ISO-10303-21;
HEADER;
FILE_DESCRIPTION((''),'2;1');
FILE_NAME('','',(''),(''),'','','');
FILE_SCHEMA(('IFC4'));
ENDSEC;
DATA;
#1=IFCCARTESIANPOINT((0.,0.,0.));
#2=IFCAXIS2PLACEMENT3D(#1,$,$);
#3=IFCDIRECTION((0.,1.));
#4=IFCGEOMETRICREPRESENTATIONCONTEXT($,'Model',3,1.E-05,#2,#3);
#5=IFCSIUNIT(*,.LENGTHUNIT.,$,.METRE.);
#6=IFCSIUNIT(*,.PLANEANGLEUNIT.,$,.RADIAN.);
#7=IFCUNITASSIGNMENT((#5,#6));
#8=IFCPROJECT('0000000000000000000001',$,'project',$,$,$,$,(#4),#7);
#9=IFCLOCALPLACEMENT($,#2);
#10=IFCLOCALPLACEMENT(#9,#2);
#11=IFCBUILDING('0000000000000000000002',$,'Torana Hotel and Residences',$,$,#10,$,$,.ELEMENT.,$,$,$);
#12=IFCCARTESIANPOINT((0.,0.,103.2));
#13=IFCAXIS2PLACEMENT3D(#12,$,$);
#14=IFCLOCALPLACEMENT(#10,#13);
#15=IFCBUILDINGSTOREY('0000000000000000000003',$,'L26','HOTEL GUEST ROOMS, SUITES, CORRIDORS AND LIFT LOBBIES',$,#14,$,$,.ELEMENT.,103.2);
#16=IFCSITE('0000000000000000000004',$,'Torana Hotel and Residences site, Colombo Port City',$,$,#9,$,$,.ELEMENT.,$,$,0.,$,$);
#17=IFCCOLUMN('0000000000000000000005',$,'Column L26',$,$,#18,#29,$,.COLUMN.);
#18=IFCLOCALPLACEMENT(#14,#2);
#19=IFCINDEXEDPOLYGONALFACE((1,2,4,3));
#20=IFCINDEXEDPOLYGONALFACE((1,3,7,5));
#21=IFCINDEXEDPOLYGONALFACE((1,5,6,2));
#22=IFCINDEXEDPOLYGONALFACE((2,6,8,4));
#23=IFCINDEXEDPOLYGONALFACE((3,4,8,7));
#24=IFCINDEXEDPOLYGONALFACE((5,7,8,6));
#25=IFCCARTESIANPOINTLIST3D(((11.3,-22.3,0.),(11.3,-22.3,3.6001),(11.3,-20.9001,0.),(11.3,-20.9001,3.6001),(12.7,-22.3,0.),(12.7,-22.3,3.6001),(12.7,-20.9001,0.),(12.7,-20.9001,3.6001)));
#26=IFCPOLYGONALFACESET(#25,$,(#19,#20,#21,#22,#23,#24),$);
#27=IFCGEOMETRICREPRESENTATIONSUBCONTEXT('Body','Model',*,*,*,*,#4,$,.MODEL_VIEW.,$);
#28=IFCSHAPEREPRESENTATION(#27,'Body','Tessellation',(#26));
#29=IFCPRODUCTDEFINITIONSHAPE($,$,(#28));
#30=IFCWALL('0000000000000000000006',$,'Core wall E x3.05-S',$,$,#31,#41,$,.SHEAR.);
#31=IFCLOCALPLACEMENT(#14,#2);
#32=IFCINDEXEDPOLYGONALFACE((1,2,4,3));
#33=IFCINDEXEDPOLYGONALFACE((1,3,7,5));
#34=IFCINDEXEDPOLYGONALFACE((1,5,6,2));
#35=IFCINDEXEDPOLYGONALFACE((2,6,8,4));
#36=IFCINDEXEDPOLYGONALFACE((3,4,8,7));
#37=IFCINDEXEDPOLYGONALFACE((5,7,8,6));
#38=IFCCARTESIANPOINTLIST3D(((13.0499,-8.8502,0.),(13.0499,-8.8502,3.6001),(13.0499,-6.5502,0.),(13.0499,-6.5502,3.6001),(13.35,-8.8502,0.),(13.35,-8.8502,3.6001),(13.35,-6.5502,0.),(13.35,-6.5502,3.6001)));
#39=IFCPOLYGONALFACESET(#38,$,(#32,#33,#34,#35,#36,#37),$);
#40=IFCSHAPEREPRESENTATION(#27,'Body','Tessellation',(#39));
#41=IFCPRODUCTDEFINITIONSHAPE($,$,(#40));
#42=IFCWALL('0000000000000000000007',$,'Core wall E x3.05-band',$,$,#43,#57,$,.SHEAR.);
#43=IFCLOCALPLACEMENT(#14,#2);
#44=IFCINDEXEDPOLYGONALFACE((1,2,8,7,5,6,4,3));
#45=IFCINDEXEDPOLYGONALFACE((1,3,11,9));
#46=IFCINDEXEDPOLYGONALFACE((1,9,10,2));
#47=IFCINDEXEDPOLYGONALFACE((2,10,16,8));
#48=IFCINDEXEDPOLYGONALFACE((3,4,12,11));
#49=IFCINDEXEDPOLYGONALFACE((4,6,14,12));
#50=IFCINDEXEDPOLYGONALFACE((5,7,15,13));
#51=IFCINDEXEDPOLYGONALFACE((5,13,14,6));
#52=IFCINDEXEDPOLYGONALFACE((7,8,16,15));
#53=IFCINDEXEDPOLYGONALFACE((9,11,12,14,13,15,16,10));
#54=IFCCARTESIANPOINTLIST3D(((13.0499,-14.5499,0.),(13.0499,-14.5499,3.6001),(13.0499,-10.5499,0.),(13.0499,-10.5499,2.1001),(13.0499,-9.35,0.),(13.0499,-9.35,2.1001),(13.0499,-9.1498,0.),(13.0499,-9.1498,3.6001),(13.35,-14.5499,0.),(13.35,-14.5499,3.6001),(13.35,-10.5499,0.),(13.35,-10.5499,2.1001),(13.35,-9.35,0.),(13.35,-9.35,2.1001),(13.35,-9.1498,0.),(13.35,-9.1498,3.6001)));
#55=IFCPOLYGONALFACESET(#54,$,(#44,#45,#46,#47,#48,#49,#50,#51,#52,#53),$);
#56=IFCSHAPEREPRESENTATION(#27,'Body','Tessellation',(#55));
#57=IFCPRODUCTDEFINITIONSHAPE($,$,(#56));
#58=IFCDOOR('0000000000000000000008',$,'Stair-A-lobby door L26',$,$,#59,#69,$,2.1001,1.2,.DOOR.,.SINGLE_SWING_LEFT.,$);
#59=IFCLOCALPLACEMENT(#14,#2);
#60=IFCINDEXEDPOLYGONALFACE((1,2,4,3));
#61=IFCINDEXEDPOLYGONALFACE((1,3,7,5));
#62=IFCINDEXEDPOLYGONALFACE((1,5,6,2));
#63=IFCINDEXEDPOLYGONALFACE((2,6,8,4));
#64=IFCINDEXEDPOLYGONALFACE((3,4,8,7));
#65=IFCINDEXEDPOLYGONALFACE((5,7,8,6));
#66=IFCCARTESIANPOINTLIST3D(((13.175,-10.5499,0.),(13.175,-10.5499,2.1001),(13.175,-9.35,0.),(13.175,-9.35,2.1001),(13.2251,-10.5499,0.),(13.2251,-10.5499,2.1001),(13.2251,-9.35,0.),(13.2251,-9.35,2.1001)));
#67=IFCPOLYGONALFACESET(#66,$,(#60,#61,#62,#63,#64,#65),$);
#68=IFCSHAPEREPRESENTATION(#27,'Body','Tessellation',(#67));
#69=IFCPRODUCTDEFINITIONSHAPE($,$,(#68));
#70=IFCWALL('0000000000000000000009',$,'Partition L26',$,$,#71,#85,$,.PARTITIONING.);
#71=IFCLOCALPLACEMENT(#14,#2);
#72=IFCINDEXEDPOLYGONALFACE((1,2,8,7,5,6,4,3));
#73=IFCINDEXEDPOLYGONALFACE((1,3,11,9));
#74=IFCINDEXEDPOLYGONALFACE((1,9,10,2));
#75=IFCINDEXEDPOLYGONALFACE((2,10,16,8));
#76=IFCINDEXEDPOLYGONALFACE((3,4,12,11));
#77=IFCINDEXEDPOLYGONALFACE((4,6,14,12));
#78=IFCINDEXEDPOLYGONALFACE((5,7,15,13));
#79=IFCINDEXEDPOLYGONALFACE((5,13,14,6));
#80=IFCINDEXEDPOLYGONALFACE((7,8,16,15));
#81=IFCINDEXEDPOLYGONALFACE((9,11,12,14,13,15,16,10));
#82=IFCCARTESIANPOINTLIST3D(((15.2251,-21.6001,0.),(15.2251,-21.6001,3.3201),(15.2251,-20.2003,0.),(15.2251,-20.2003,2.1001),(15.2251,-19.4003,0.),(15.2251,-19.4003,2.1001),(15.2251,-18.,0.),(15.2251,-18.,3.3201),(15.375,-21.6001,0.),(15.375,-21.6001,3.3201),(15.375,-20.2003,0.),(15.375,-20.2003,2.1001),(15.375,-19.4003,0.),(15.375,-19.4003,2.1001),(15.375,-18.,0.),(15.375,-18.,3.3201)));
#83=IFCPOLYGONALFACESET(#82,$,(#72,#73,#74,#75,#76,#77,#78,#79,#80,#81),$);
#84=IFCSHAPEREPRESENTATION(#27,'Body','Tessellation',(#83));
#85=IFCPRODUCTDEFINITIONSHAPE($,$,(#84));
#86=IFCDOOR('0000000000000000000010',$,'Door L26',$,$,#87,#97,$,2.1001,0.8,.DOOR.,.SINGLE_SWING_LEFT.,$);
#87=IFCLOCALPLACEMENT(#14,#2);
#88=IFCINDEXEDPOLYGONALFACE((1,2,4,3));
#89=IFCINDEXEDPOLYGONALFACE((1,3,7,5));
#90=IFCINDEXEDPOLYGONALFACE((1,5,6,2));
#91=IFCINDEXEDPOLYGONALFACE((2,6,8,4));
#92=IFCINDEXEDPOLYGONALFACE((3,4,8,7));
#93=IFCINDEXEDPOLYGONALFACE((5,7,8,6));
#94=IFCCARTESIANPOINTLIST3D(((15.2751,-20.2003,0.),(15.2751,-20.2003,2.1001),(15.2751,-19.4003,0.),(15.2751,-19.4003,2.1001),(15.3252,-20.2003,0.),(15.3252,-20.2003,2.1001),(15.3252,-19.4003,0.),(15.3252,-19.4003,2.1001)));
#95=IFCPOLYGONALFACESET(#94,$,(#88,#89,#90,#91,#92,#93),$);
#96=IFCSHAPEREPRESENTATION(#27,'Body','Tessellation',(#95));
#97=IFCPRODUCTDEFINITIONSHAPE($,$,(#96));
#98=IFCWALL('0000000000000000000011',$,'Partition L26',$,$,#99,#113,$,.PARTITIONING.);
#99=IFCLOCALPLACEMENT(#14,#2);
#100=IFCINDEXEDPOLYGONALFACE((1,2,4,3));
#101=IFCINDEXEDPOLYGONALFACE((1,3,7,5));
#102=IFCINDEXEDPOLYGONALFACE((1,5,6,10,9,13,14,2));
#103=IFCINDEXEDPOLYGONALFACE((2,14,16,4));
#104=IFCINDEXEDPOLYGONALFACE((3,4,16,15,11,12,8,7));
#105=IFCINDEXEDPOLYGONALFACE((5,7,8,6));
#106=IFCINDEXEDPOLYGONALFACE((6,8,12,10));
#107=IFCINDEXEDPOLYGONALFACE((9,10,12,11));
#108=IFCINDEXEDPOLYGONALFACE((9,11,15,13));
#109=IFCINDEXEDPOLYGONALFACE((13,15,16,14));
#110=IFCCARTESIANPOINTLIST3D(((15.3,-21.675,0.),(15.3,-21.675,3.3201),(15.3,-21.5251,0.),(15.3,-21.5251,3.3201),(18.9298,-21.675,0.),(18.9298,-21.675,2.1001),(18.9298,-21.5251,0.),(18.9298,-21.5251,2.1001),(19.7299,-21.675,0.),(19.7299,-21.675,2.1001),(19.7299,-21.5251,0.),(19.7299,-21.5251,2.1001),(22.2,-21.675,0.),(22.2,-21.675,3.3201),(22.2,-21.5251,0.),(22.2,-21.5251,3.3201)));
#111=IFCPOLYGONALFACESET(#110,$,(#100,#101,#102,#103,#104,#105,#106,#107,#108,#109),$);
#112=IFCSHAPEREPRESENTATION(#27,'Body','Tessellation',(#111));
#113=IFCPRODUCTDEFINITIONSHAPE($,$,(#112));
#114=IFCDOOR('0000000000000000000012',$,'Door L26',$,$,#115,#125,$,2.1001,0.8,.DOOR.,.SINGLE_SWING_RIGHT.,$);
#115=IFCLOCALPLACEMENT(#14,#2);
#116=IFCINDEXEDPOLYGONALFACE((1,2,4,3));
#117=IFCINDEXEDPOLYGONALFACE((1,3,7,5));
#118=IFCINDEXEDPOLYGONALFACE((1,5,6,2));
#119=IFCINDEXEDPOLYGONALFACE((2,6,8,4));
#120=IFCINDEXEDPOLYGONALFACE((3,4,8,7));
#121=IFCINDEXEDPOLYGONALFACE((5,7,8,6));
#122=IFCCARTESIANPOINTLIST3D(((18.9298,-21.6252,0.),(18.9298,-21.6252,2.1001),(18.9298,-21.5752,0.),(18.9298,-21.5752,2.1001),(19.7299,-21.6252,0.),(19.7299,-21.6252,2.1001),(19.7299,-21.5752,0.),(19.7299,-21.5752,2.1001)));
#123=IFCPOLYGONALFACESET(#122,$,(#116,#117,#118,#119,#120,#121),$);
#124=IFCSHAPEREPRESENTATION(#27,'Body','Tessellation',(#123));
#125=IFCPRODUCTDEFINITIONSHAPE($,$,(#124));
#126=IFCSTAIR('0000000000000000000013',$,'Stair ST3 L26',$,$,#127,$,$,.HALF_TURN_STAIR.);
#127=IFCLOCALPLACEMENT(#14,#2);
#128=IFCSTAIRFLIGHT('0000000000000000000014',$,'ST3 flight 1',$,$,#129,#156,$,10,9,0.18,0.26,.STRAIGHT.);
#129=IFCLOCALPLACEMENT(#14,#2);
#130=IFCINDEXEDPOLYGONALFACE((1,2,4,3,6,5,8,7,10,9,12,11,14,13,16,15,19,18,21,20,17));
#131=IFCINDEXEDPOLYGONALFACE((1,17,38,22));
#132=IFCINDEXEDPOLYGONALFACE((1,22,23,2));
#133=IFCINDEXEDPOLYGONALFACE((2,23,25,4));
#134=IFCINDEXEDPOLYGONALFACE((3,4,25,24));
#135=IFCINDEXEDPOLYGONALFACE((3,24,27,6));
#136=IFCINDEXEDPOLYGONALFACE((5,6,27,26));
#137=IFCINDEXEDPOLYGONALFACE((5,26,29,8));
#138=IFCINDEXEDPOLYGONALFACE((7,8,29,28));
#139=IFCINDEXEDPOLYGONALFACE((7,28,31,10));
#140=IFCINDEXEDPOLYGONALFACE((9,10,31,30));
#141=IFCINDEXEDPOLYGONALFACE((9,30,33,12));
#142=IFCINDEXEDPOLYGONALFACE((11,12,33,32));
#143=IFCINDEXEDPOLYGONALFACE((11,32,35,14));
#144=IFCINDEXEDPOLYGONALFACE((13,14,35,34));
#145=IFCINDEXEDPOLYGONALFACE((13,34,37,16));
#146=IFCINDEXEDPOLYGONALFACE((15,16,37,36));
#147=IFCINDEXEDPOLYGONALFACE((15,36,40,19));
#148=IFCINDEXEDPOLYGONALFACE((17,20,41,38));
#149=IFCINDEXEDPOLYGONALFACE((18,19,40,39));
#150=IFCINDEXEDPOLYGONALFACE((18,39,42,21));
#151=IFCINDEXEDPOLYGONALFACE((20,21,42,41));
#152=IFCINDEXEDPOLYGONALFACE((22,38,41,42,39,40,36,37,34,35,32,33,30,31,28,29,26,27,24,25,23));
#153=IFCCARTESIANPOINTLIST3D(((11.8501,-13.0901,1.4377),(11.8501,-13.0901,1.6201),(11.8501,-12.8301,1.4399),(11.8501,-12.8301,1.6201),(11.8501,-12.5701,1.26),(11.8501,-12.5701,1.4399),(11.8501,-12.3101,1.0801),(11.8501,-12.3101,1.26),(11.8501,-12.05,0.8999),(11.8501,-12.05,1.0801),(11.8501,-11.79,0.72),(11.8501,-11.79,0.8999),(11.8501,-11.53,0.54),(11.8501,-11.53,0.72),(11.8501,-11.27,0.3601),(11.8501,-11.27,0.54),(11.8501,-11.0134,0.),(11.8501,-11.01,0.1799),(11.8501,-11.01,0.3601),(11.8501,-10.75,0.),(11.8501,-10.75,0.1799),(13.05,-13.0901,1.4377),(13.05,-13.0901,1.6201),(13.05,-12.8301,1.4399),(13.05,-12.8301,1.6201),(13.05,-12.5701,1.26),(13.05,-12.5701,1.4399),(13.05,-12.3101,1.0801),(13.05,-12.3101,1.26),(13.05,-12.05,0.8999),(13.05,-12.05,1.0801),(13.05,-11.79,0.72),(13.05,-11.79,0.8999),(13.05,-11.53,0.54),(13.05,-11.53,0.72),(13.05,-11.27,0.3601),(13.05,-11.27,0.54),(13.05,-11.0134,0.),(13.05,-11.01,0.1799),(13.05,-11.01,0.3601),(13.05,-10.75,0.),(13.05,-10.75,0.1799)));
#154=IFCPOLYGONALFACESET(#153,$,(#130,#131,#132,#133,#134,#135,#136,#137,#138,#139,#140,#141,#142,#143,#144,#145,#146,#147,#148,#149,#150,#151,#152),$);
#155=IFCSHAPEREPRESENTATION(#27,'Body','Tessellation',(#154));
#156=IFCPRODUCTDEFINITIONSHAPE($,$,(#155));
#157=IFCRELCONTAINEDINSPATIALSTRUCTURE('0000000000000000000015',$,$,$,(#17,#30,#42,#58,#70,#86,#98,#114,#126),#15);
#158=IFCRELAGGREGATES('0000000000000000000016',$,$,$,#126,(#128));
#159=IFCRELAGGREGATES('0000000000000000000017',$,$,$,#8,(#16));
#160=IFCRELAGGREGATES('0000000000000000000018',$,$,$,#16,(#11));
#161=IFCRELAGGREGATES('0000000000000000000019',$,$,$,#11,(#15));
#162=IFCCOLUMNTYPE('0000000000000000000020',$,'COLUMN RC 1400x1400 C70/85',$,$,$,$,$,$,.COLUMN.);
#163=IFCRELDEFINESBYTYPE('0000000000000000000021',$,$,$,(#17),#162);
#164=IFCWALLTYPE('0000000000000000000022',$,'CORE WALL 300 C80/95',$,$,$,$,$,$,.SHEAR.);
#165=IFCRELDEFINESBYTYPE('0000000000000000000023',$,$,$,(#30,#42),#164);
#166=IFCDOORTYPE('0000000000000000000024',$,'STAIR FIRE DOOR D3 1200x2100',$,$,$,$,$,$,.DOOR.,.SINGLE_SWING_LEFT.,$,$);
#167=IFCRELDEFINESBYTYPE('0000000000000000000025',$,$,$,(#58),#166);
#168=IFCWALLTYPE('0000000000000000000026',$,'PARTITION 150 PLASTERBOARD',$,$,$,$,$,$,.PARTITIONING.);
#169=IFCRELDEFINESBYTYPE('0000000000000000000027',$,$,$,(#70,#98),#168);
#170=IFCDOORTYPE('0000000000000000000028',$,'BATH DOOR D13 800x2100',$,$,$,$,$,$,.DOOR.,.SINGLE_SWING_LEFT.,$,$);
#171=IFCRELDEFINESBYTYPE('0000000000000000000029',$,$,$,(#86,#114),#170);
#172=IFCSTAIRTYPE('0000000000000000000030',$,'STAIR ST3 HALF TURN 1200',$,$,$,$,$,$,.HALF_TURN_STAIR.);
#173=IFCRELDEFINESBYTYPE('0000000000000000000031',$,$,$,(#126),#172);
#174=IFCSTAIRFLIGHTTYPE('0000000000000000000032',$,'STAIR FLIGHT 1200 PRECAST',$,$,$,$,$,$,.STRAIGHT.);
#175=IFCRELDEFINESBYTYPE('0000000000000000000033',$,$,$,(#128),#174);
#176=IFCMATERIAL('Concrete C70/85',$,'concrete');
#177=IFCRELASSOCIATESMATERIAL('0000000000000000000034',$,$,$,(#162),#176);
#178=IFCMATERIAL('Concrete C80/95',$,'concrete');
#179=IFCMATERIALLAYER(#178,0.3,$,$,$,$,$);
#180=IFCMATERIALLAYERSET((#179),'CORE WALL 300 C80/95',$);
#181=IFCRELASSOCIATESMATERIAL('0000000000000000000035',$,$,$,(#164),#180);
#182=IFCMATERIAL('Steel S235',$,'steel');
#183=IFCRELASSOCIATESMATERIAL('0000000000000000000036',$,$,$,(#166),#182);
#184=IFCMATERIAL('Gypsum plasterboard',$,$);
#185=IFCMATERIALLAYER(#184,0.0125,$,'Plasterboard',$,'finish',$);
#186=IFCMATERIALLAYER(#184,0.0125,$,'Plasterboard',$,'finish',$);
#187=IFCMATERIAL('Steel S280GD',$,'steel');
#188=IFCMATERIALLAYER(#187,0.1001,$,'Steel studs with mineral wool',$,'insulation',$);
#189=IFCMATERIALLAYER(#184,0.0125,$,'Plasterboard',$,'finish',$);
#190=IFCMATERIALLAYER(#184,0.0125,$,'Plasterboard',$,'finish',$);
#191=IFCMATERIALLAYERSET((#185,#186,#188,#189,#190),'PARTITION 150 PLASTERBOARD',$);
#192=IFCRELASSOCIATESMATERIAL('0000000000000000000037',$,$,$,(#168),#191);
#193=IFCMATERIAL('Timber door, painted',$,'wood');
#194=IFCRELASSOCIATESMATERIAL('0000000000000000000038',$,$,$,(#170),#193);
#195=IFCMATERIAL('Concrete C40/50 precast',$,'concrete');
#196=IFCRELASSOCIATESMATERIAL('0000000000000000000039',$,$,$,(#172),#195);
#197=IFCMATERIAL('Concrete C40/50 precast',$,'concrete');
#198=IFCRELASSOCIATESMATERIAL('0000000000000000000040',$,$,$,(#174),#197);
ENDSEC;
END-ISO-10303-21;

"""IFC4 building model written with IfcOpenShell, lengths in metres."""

from ifc_helpers import new_model, si_unit, direction, frame, frame_2d, origin, origin_2d, place, context, subcontext, project, spatial, polyline, rectangle, outline, extrude, material, layer, layer_set, material_profile, profile_set, type_object, element, fill, aggregate, save


model = new_model("IFC4")

# Units and contexts
model_context = context("Model", 3, precision=1e-05, world=origin(), true_north=direction((0.0, 1.0)))
body_context = subcontext(model_context, "Body", "Model", "MODEL_VIEW")
ifc_project = project(units=[si_unit("LENGTHUNIT", "METRE"), si_unit("PLANEANGLEUNIT", "RADIAN")], contexts=[model_context])

# Site, building, storey
site_placement = place(None, origin())
site = spatial("IfcSite", under=ifc_project, at=site_placement, Name="Torana Hotel and Residences site, Colombo Port City", CompositionType="ELEMENT", RefElevation=0.0)
building_placement = place(site_placement, origin())
building = spatial("IfcBuilding", under=site, at=building_placement, Name="Torana Hotel and Residences", CompositionType="ELEMENT")
storey_placement = place(building_placement, frame((0.0, 0.0, 103.2)))
storey = spatial("IfcBuildingStorey", under=building, at=storey_placement, Name="L26", Description="HOTEL GUEST ROOMS, SUITES, CORRIDORS AND LIFT LOBBIES", CompositionType="ELEMENT", Elevation=103.2)

# Column
ifc_material_1 = material(Name="Concrete C70/85", Category="concrete")
ifc_material_profile = material_profile(ifc_material_1, rectangle(XDim=1.3999, YDim=1.3999, at=origin_2d()), Name="RC 1400x1400")
ifc_profile_set = profile_set([ifc_material_profile], Name="Concrete C70/85")
column_type = type_object("IfcColumnType", Name="COLUMN RC 1400x1400 C70/85", PredefinedType="COLUMN", material=ifc_profile_set)
column_placement = place(storey_placement, frame((12.0, -21.6001, 0.0), z_axis=(0.0, 0.0, 1.0), x_axis=(1.0, 0.0, 0.0)))
element("IfcColumn", 1, at=column_placement, inside=storey, type_object=column_type, Name="Column L26", PredefinedType="COLUMN", context=body_context, shape_type="SweptSolid", body=[
    extrude(rectangle(XDim=1.3999, YDim=1.3999, at=origin_2d()), origin(), (0.0, 0.0, 1.0), 3.6001),
])

# Wall
ifc_material_2 = material(Name="Concrete C80/95", Category="concrete")
ifc_layer_1 = layer(ifc_material_2, 0.3)
ifc_layer_set_1 = layer_set([ifc_layer_1], Name="CORE WALL 300 C80/95")
wall_type_1 = type_object("IfcWallType", Name="CORE WALL 300 C80/95", PredefinedType="SHEAR", material=ifc_layer_set_1)
wall_1_placement = place(storey_placement, frame((13.2, -8.8501, 0.0), z_axis=(0.0, 0.0, 1.0), x_axis=(0.0, 1.0, 0.0)))
element("IfcWall", 2, at=wall_1_placement, inside=storey, type_object=wall_type_1, Name="Core wall E x3.05-S", PredefinedType="SHEAR", context=body_context, shape_type="SweptSolid", body=[
    extrude(rectangle(XDim=2.3, YDim=0.3, at=frame_2d((1.1499, 0.0))), origin(), (0.0, 0.0, 1.0), 3.6001),
])

# Walls, openings, doors
wall_2_placement = place(storey_placement, frame((13.2, -14.55, 0.0), z_axis=(0.0, 0.0, 1.0), x_axis=(0.0, 1.0, 0.0)))
wall_2 = element("IfcWall", 3, at=wall_2_placement, inside=storey, type_object=wall_type_1, Name="Core wall E x3.05-band", PredefinedType="SHEAR", context=body_context, shape_type="SweptSolid", body=[
    extrude(rectangle(XDim=5.4001, YDim=0.3, at=frame_2d((2.7002, 0.0))), origin(), (0.0, 0.0, 1.0), 3.6001),
])
opening_1_placement = place(wall_2_placement, frame((4.0, 0.0, 0.0)))
opening_1 = element("IfcOpeningElement", 4, at=opening_1_placement, cuts=wall_2, PredefinedType="OPENING", context=body_context, shape_type="SweptSolid", body=[
    extrude(rectangle(XDim=1.2, YDim=2.1001, at=frame_2d((0.6001, 1.05))), frame((0.0, 0.1599, 0.0), z_axis=(0.0, -1.0, 0.0), x_axis=(1.0, 0.0, 0.0)), (0.0, 0.0, 1.0), 0.3201),
])
ifc_material_3 = material(Name="Steel S235", Category="steel")
door_type_1 = type_object("IfcDoorType", Name="STAIR FIRE DOOR D3 1200x2100", OperationType="SINGLE_SWING_LEFT", PredefinedType="DOOR", material=ifc_material_3)
door_1_placement = place(opening_1_placement, origin())
door_1 = element("IfcDoor", 5, at=door_1_placement, inside=storey, type_object=door_type_1, Name="Stair-A-lobby door L26", OperationType="SINGLE_SWING_LEFT", OverallHeight=2.1001, OverallWidth=1.2, PredefinedType="DOOR", context=body_context, shape_type="SweptSolid", body=[
    extrude(rectangle(XDim=1.2, YDim=2.1001, at=frame_2d((0.6001, 1.05))), frame((0.0, 0.0249, 0.0), z_axis=(0.0, -1.0, 0.0), x_axis=(1.0, 0.0, 0.0)), (0.0, 0.0, 1.0), 0.05),
])
fill(opening_1, door_1)
ifc_material_4 = material(Name="Gypsum plasterboard")
ifc_layer_2 = layer(ifc_material_4, 0.0125, Name="Plasterboard", Category="finish")
ifc_layer_3 = layer(ifc_material_4, 0.0125, Name="Plasterboard", Category="finish")
ifc_material_5 = material(Name="Steel S280GD", Category="steel")
ifc_layer_4 = layer(ifc_material_5, 0.1001, Name="Steel studs with mineral wool", Category="insulation")
ifc_layer_5 = layer(ifc_material_4, 0.0125, Name="Plasterboard", Category="finish")
ifc_layer_6 = layer(ifc_material_4, 0.0125, Name="Plasterboard", Category="finish")
ifc_layer_set_2 = layer_set([ifc_layer_2, ifc_layer_3, ifc_layer_4, ifc_layer_5, ifc_layer_6], Name="PARTITION 150 PLASTERBOARD")
wall_type_2 = type_object("IfcWallType", Name="PARTITION 150 PLASTERBOARD", PredefinedType="PARTITIONING", material=ifc_layer_set_2)
wall_3_placement = place(storey_placement, frame((15.3, -21.6001, 0.0), z_axis=(0.0, 0.0, 1.0), x_axis=(0.0, 1.0, 0.0)))
wall_3 = element("IfcWall", 6, at=wall_3_placement, inside=storey, type_object=wall_type_2, Name="Partition L26", PredefinedType="PARTITIONING", context=body_context, shape_type="SweptSolid", body=[
    extrude(rectangle(XDim=3.6001, YDim=0.1499, at=frame_2d((1.8, 0.0))), origin(), (0.0, 0.0, 1.0), 3.3201),
])
opening_2_placement = place(wall_3_placement, frame((1.3999, 0.0, 0.0)))
opening_2 = element("IfcOpeningElement", 7, at=opening_2_placement, cuts=wall_3, PredefinedType="OPENING", context=body_context, shape_type="SweptSolid", body=[
    extrude(rectangle(XDim=0.8, YDim=2.1001, at=frame_2d((0.3999, 1.05))), frame((0.0, 0.085, 0.0), z_axis=(0.0, -1.0, 0.0), x_axis=(1.0, 0.0, 0.0)), (0.0, 0.0, 1.0), 0.1699),
])
ifc_material_6 = material(Name="Timber door, painted", Category="wood")
door_type_2 = type_object("IfcDoorType", Name="BATH DOOR D13 800x2100", OperationType="SINGLE_SWING_LEFT", PredefinedType="DOOR", material=ifc_material_6)
door_2_placement = place(opening_2_placement, origin())
door_2 = element("IfcDoor", 8, at=door_2_placement, inside=storey, type_object=door_type_2, Name="Door L26", OperationType="SINGLE_SWING_LEFT", OverallHeight=2.1001, OverallWidth=0.8, PredefinedType="DOOR", context=body_context, shape_type="SweptSolid", body=[
    extrude(rectangle(XDim=0.8, YDim=2.1001, at=frame_2d((0.3999, 1.05))), frame((0.0, 0.0249, 0.0), z_axis=(0.0, -1.0, 0.0), x_axis=(1.0, 0.0, 0.0)), (0.0, 0.0, 1.0), 0.05),
])
fill(opening_2, door_2)
wall_4_placement = place(storey_placement, frame((15.3, -21.6001, 0.0), z_axis=(0.0, 0.0, 1.0), x_axis=(1.0, 0.0, 0.0)))
wall_4 = element("IfcWall", 9, at=wall_4_placement, inside=storey, type_object=wall_type_2, Name="Partition L26", PredefinedType="PARTITIONING", context=body_context, shape_type="SweptSolid", body=[
    extrude(rectangle(XDim=6.8999, YDim=0.1499, at=frame_2d((3.45, 0.0))), origin(), (0.0, 0.0, 1.0), 3.3201),
])
opening_3_placement = place(wall_4_placement, frame((3.6299, 0.0, 0.0)))
opening_3 = element("IfcOpeningElement", 10, at=opening_3_placement, cuts=wall_4, PredefinedType="OPENING", context=body_context, shape_type="SweptSolid", body=[
    extrude(rectangle(XDim=0.8, YDim=2.1001, at=frame_2d((0.3999, 1.05))), frame((0.0, 0.085, 0.0), z_axis=(0.0, -1.0, 0.0), x_axis=(1.0, 0.0, 0.0)), (0.0, 0.0, 1.0), 0.1699),
])
door_3_placement = place(opening_3_placement, origin())
door_3 = element("IfcDoor", 11, at=door_3_placement, inside=storey, type_object=door_type_2, Name="Door L26", OperationType="SINGLE_SWING_RIGHT", OverallHeight=2.1001, OverallWidth=0.8, PredefinedType="DOOR", context=body_context, shape_type="SweptSolid", body=[
    extrude(rectangle(XDim=0.8, YDim=2.1001, at=frame_2d((0.3999, 1.05))), frame((0.0, 0.0249, 0.0), z_axis=(0.0, -1.0, 0.0), x_axis=(1.0, 0.0, 0.0)), (0.0, 0.0, 1.0), 0.05),
])
fill(opening_3, door_3)

# Stair, stair flight
ifc_material_7 = material(Name="Concrete C40/50 precast", Category="concrete")
stair_type = type_object("IfcStairType", Name="STAIR ST3 HALF TURN 1200", PredefinedType="HALF_TURN_STAIR", material=ifc_material_7)
stair_placement = place(storey_placement, origin())
stair = element("IfcStair", 12, at=stair_placement, inside=storey, type_object=stair_type, Name="Stair ST3 L26", PredefinedType="HALF_TURN_STAIR")
ifc_material_8 = material(Name="Concrete C40/50 precast", Category="concrete")
stair_flight_type = type_object("IfcStairFlightType", Name="STAIR FLIGHT 1200 PRECAST", PredefinedType="STRAIGHT", material=ifc_material_8)
stair_flight_1_placement = place(storey_placement, frame((12.45, -10.75, 0.0), z_axis=(0.0, 0.0, 1.0), x_axis=(0.0, -1.0, 0.0)))
stair_flight_1 = element("IfcStairFlight", 13, at=stair_flight_1_placement, type_object=stair_flight_type, Name="ST3 flight 1", NumberOfRisers=10, NumberOfTreads=9, PredefinedType="STRAIGHT", RiserHeight=0.18, TreadLength=0.26, context=body_context, shape_type="SweptSolid", body=[
    extrude(outline(polyline([(0.0, 0.0), (0.0, 0.1799), (0.26, 0.1799), (0.26, 0.3601), (0.52, 0.3601), (0.52, 0.54), (0.78, 0.54), (0.78, 0.72), (1.04, 0.72), (1.04, 0.8999), (1.3, 0.8999), (1.3, 1.0801), (1.5601, 1.0801), (1.5601, 1.26), (1.8201, 1.26), (1.8201, 1.4399), (2.0801, 1.4399), (2.0801, 1.6201), (2.3401, 1.6201), (2.3401, 1.8), (2.3401, 1.4377), (0.2634, 0.0), (0.0, 0.0)])), frame((0.0, 0.6001, 0.0), z_axis=(0.0, -1.0, 0.0), x_axis=(1.0, 0.0, 0.0)), (0.0, 0.0, 1.0), 1.2),
])
aggregate(stair, [stair_flight_1])

save(model, "model.ifc")
